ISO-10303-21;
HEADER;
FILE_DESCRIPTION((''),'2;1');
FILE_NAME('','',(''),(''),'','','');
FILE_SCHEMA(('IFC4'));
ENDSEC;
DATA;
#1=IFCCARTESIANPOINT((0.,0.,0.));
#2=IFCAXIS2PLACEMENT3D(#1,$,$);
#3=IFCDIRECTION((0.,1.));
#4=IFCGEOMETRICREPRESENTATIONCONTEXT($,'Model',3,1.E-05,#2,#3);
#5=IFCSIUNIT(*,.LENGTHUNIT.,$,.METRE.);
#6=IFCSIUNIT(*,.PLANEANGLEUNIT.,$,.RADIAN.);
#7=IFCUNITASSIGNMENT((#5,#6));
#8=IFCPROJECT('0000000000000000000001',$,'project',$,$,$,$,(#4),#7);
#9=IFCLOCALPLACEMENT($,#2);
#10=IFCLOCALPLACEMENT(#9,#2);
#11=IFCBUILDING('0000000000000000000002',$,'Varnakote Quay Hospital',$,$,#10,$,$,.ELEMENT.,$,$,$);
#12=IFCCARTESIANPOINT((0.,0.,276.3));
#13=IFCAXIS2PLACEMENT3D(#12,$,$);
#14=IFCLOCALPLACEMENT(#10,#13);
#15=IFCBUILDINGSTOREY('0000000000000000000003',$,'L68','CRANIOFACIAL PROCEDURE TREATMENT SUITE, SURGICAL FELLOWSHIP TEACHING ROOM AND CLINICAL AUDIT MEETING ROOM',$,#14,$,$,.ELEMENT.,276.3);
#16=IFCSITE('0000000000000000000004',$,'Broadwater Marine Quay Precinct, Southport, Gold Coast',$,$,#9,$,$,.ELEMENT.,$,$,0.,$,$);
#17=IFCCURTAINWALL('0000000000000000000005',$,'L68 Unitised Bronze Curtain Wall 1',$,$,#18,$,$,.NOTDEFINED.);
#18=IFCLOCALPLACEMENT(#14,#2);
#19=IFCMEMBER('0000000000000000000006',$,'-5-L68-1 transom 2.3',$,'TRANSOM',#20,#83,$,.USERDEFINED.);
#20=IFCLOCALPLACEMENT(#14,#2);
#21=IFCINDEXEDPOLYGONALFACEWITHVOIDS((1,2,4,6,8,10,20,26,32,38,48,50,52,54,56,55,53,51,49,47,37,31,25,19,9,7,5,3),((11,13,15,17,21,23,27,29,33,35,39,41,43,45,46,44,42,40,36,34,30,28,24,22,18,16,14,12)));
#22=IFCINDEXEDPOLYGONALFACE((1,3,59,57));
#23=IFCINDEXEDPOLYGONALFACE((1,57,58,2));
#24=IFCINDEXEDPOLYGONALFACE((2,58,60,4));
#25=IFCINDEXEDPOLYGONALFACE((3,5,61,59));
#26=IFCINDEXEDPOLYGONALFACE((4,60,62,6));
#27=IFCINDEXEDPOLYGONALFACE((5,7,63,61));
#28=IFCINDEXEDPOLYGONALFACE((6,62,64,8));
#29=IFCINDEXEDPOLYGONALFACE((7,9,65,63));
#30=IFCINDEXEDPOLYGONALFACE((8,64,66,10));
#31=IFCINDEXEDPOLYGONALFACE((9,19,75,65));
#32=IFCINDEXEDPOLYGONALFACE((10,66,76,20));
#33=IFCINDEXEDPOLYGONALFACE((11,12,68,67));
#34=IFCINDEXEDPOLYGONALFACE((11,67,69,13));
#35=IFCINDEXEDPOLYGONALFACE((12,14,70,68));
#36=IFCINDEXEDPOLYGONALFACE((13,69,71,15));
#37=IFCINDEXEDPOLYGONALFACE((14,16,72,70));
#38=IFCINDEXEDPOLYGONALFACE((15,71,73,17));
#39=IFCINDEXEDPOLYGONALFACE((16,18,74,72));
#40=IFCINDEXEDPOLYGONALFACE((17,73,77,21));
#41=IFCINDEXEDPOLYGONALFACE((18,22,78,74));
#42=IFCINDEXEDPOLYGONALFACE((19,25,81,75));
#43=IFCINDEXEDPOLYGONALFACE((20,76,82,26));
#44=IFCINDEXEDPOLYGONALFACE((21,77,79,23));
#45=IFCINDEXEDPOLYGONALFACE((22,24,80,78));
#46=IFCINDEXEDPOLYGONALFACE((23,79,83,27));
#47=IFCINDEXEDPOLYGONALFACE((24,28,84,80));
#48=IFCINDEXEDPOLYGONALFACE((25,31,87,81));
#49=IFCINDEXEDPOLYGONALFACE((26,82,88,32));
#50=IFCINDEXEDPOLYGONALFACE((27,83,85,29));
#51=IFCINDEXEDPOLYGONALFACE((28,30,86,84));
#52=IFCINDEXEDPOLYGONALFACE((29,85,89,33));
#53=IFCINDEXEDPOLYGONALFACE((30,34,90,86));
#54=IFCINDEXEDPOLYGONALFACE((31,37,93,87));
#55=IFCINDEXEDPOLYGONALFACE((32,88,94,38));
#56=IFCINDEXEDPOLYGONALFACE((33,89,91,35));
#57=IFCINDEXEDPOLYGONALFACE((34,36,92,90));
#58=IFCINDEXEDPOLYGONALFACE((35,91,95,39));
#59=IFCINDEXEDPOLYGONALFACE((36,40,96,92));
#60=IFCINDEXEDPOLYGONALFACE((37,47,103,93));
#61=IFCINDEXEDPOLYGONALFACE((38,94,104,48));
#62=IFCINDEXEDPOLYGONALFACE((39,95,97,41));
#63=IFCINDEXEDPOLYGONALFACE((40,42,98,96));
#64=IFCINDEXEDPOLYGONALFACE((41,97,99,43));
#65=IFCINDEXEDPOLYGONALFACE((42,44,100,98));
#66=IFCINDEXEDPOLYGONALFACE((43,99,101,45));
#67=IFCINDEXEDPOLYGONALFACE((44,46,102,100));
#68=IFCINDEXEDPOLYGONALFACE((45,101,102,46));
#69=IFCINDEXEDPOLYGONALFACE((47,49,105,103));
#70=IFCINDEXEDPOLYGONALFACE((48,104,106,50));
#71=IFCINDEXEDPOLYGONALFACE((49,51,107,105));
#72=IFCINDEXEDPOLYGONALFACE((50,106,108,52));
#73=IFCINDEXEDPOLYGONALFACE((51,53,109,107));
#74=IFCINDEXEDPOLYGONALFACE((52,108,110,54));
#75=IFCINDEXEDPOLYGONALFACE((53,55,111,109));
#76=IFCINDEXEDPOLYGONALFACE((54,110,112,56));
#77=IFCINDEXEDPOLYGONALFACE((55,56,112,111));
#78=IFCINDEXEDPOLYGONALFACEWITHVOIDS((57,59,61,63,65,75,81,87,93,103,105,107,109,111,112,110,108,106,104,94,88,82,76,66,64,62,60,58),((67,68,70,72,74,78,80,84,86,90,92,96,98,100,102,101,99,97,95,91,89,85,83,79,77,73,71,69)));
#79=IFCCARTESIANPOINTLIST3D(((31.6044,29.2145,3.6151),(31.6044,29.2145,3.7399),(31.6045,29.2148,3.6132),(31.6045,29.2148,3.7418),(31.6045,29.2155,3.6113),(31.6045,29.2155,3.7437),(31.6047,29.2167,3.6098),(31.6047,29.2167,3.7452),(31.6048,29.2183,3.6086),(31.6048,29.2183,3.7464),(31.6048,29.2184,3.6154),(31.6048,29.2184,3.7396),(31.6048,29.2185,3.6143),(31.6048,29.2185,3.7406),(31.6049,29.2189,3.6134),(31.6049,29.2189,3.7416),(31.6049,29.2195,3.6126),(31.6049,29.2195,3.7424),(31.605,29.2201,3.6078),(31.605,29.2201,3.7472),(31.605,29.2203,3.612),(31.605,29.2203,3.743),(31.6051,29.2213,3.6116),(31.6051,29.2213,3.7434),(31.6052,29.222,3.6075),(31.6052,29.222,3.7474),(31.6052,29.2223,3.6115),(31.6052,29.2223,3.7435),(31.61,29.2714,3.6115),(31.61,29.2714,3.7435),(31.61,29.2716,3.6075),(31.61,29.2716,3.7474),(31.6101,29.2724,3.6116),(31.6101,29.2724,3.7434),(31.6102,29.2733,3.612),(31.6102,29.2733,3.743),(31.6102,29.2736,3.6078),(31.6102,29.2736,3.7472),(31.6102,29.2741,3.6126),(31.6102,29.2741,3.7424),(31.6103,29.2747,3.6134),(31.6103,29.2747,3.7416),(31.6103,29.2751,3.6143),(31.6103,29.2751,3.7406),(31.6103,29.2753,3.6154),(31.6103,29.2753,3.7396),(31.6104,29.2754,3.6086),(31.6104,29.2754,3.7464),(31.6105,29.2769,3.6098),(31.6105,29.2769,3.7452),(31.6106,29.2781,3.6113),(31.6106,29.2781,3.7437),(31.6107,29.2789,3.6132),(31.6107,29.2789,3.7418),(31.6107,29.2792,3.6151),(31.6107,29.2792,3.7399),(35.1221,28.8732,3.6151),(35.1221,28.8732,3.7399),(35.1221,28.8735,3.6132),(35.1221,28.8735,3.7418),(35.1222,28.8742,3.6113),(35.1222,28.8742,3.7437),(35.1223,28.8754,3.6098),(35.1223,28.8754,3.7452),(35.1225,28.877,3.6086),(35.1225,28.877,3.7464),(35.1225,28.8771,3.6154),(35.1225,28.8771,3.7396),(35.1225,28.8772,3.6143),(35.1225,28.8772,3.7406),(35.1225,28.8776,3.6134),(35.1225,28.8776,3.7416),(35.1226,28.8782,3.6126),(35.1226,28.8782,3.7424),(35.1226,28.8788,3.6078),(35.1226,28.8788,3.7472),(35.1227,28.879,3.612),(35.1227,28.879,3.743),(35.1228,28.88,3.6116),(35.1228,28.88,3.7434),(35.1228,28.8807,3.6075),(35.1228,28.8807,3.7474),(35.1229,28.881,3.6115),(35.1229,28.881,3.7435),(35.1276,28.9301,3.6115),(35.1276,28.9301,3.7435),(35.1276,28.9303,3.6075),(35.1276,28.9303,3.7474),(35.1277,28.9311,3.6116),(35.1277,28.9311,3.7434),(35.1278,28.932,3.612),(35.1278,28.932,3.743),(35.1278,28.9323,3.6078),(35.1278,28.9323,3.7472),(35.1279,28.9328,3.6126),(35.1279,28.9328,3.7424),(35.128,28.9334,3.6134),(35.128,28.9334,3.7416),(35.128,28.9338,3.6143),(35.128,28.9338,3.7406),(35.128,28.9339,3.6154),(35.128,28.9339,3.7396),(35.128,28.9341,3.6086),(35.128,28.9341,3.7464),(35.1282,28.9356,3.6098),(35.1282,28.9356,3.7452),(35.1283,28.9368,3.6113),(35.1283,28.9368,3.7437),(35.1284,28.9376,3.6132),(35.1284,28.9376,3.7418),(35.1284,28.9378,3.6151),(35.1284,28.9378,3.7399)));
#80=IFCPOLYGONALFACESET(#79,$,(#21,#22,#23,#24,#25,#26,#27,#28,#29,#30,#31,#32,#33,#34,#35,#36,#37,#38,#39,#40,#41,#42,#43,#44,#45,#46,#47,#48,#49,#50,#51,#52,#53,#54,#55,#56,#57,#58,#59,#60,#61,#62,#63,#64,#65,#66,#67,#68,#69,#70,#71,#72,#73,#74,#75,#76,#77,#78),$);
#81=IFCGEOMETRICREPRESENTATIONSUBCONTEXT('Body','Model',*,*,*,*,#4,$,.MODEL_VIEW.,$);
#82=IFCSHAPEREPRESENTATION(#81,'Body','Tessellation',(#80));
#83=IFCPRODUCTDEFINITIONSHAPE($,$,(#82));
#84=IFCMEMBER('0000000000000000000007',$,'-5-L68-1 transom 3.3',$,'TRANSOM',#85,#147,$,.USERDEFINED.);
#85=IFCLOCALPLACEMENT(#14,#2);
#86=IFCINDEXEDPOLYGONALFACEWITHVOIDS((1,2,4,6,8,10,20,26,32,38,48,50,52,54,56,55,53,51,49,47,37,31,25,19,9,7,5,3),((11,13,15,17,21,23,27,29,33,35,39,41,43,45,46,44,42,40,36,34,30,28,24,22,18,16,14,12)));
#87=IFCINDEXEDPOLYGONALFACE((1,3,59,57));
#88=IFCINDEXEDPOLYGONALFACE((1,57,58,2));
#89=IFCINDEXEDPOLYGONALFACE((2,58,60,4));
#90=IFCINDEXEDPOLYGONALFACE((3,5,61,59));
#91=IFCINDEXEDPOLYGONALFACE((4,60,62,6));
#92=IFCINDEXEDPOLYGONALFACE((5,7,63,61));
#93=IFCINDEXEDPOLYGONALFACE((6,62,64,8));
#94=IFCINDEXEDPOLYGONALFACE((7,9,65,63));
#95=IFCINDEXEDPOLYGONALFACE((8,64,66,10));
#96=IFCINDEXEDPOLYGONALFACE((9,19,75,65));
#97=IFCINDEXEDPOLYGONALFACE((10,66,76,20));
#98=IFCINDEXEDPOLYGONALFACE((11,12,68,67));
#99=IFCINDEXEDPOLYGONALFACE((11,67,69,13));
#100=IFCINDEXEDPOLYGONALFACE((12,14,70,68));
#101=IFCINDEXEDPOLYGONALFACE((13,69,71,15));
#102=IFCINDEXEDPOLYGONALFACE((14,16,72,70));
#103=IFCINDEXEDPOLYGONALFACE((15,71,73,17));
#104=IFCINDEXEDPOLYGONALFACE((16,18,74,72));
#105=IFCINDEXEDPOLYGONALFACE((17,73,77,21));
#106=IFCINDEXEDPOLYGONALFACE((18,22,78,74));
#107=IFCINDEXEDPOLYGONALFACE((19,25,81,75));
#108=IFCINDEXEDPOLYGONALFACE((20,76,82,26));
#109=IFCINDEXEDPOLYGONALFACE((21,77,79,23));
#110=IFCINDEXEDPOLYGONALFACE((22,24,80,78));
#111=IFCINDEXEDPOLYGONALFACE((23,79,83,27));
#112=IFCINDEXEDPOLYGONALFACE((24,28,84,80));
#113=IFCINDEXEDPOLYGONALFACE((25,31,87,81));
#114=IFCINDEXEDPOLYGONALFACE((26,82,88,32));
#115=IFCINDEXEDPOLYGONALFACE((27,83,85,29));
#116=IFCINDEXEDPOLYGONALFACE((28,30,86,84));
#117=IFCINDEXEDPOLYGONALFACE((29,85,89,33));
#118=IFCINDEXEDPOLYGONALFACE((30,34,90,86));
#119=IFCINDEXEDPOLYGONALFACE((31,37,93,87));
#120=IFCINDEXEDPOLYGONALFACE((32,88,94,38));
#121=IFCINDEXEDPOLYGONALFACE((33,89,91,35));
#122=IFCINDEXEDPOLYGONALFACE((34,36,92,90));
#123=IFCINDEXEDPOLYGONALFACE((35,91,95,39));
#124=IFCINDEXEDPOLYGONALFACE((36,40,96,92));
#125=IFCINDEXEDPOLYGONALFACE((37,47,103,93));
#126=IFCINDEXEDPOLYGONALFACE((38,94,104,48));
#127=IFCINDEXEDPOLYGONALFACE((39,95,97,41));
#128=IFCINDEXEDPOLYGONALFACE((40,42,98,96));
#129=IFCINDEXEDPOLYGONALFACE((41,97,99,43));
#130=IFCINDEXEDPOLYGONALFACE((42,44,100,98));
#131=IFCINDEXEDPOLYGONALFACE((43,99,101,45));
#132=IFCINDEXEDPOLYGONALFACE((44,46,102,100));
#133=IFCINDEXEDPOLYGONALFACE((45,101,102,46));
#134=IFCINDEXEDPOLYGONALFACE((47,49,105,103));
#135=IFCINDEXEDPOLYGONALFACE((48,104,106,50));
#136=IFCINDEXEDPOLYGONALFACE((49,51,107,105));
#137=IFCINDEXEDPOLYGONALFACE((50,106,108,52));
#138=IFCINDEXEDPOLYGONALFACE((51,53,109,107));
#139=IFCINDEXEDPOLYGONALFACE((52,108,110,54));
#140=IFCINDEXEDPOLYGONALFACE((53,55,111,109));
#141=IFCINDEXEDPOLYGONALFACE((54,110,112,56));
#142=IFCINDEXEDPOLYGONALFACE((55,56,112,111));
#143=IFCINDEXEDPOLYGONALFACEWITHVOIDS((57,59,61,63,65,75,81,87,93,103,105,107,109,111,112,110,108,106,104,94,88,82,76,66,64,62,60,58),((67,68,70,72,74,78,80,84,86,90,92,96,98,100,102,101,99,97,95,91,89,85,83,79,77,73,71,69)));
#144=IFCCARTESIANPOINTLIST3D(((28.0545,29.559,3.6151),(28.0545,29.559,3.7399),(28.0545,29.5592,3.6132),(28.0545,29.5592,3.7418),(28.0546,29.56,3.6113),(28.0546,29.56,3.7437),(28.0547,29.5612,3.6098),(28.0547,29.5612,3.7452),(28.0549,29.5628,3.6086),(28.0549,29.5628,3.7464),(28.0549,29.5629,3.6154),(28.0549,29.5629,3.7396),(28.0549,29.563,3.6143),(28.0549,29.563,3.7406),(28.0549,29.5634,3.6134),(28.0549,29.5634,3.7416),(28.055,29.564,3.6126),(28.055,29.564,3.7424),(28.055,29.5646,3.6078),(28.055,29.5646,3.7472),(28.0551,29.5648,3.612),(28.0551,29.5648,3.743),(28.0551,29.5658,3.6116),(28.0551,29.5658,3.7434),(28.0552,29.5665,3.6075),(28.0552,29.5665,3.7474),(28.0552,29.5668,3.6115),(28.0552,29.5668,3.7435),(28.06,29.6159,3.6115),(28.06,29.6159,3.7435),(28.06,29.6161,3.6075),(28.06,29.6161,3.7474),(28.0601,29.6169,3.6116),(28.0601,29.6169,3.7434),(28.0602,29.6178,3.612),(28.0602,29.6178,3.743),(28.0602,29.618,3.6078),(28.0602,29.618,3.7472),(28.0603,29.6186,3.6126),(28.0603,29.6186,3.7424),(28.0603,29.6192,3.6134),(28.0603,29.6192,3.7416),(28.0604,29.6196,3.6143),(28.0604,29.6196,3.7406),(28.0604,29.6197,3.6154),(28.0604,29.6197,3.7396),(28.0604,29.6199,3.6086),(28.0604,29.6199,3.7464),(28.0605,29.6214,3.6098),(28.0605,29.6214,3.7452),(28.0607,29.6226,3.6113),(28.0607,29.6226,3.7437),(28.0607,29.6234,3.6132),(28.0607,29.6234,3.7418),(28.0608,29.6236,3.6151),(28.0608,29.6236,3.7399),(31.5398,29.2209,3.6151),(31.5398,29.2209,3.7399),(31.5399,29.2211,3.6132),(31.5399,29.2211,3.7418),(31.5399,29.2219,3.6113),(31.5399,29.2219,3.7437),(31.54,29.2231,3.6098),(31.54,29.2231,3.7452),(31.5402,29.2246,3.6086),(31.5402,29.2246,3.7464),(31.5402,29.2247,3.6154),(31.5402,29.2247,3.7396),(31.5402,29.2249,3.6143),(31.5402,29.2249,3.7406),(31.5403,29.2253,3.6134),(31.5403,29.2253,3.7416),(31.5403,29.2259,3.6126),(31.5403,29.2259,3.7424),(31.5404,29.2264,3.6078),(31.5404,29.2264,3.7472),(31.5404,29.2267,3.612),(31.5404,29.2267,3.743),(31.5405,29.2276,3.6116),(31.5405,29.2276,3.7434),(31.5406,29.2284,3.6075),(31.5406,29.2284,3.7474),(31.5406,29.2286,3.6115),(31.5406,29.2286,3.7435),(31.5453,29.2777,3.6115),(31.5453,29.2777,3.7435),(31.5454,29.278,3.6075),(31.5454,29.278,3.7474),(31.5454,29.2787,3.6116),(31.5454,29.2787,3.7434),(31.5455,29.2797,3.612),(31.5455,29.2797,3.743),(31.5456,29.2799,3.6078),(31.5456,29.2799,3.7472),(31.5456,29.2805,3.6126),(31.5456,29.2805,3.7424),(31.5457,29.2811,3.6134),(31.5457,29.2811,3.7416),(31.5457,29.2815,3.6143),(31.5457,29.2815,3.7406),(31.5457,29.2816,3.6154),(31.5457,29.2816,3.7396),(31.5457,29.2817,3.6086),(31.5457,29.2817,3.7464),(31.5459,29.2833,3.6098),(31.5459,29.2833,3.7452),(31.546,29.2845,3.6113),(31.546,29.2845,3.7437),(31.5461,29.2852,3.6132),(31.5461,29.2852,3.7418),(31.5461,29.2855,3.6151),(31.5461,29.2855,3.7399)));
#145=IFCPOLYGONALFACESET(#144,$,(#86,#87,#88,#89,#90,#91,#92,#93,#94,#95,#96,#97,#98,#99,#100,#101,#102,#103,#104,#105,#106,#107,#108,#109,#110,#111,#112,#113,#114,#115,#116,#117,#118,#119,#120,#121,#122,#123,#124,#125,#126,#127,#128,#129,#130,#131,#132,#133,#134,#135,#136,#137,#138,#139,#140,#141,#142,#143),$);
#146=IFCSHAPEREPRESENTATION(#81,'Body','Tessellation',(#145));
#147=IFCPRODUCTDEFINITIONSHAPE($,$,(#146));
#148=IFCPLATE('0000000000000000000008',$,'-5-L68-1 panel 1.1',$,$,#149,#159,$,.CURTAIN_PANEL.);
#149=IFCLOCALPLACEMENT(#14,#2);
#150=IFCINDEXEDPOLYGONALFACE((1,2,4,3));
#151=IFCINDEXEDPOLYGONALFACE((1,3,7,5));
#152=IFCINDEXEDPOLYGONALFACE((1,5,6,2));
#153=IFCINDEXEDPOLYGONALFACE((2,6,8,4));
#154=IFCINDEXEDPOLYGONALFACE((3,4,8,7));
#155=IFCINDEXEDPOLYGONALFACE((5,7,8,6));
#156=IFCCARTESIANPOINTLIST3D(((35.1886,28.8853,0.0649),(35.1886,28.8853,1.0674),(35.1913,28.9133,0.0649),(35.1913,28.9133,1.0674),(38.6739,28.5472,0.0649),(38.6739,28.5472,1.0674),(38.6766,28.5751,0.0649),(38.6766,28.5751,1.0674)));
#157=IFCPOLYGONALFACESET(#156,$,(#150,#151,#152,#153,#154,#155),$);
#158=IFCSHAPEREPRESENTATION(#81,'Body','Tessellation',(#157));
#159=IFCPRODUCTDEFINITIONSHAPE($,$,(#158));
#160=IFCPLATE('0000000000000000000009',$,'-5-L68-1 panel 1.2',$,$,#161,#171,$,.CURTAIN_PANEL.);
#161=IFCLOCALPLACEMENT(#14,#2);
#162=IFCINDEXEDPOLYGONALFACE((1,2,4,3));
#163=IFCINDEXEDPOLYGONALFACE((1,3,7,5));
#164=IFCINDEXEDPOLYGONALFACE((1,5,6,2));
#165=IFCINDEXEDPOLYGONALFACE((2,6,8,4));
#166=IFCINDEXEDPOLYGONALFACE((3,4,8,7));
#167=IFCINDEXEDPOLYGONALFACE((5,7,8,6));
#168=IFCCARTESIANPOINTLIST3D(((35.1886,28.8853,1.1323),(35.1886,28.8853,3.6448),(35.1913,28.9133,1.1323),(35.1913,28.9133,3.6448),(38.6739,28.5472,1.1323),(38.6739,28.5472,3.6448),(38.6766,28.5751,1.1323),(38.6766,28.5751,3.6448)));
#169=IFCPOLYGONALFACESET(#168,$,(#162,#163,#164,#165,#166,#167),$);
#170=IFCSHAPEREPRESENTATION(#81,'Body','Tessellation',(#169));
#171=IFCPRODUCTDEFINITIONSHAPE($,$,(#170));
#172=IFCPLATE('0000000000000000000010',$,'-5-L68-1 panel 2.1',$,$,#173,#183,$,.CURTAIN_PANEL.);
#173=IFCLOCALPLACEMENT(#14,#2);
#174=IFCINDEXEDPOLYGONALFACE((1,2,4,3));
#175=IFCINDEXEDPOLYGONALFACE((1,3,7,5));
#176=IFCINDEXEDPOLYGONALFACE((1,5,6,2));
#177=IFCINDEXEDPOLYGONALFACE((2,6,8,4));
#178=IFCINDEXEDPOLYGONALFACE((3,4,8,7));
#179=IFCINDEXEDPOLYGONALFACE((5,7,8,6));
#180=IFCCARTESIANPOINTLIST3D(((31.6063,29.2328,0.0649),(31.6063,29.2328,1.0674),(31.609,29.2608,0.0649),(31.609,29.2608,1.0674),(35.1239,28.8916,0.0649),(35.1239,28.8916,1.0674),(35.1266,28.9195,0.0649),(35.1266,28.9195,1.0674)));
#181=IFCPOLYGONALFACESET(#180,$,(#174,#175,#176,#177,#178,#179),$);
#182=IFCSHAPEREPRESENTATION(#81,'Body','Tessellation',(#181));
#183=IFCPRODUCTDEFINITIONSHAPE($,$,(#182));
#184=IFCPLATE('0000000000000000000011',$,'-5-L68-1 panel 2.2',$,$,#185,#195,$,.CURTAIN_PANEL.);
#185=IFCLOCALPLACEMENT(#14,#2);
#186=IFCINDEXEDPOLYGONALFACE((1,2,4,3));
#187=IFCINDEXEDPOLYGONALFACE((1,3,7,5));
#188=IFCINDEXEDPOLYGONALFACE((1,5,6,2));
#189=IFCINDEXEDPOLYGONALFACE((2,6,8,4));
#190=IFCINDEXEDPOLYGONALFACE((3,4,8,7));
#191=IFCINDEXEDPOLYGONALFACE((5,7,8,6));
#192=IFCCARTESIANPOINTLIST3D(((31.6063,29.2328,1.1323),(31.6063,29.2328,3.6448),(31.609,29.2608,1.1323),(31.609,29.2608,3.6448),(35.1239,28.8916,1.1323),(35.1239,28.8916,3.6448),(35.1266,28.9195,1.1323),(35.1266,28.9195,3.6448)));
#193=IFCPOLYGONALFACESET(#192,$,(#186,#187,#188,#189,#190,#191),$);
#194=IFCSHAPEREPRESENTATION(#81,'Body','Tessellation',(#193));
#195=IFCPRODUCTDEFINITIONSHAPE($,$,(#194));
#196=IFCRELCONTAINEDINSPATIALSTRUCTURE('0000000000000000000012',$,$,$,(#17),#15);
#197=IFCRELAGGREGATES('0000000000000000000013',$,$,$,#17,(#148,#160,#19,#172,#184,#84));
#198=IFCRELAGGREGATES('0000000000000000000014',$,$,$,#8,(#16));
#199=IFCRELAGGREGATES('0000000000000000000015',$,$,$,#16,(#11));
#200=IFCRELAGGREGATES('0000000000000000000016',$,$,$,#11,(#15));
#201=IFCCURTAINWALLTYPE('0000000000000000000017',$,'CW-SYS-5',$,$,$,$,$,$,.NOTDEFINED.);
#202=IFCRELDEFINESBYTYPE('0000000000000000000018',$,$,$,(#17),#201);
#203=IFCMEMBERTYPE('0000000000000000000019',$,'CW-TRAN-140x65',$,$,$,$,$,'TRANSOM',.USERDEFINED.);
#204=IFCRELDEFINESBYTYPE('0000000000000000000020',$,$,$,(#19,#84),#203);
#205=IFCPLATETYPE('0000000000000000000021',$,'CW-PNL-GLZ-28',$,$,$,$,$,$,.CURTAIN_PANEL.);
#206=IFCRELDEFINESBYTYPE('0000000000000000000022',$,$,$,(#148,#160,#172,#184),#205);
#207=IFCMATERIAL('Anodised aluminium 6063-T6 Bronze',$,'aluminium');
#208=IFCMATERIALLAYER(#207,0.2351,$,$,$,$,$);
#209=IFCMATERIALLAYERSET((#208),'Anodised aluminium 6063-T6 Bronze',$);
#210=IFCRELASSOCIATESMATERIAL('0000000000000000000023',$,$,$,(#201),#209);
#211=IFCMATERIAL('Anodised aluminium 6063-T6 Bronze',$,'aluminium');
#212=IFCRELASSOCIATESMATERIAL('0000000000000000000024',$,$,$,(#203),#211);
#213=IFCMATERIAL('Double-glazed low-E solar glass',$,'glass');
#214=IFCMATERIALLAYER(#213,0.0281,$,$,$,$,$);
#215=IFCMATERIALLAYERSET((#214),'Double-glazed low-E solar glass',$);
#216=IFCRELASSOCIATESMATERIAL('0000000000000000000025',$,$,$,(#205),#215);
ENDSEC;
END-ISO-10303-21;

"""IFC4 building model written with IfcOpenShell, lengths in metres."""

from ifc_helpers import new_model, si_unit, direction, frame, origin, origin_2d, place, context, subcontext, project, spatial, rectangle, hollow_rectangle, extrude, material, layer, layer_set, material_profile, profile_set, type_object, element, aggregate, save


model = new_model("IFC4")

# Units and contexts
model_context = context("Model", 3, precision=1e-05, world=origin(), true_north=direction((0.0, 1.0)))
body_context = subcontext(model_context, "Body", "Model", "MODEL_VIEW")
ifc_project = project(units=[si_unit("LENGTHUNIT", "METRE"), si_unit("PLANEANGLEUNIT", "RADIAN")], contexts=[model_context])

# Site, building, storey
site_placement = place(None, origin())
site = spatial("IfcSite", under=ifc_project, at=site_placement, Name="Broadwater Marine Quay Precinct, Southport, Gold Coast", CompositionType="ELEMENT", RefElevation=0.0)
building_placement = place(site_placement, origin())
building = spatial("IfcBuilding", under=site, at=building_placement, Name="Varnakote Quay Hospital", CompositionType="ELEMENT")
storey_placement = place(building_placement, frame((0.0, 0.0, 276.3)))
storey = spatial("IfcBuildingStorey", under=building, at=storey_placement, Name="L68", Description="CRANIOFACIAL PROCEDURE TREATMENT SUITE, SURGICAL FELLOWSHIP TEACHING ROOM AND CLINICAL AUDIT MEETING ROOM", CompositionType="ELEMENT", Elevation=276.3)

# Curtain wall, members, plates
ifc_material_1 = material(Name="Anodised aluminium 6063-T6 Bronze", Category="aluminium")
ifc_layer_1 = layer(ifc_material_1, 0.2351)
ifc_layer_set_1 = layer_set([ifc_layer_1], Name="Anodised aluminium 6063-T6 Bronze")
curtain_wall_type = type_object("IfcCurtainWallType", Name="CW-SYS-5", PredefinedType="NOTDEFINED", material=ifc_layer_set_1)
curtain_wall_placement = place(storey_placement, origin())
curtain_wall = element("IfcCurtainWall", 1, at=curtain_wall_placement, inside=storey, type_object=curtain_wall_type, Name="L68 Unitised Bronze Curtain Wall 1", PredefinedType="NOTDEFINED")
ifc_material_2 = material(Name="Anodised aluminium 6063-T6 Bronze", Category="aluminium")
ifc_material_profile_1 = material_profile(ifc_material_2, hollow_rectangle(XDim=0.0649, YDim=0.1399, WallThickness=0.0039, InnerFilletRadius=0.0039, OuterFilletRadius=0.0076, at=origin_2d()), Name="CW-TRAN-140x65")
ifc_profile_set_1 = profile_set([ifc_material_profile_1], Name="Anodised aluminium 6063-T6 Bronze")
member_type_1 = type_object("IfcMemberType", Name="CW-TRAN-140x65", ElementType="TRANSOM", PredefinedType="USERDEFINED", material=ifc_profile_set_1)
member_1_placement = place(storey_placement, frame((35.1252, 28.9055, 3.6775), z_axis=(-0.995326, 0.096576, 0.0), x_axis=(-0.096576, -0.995326, 0.0)))
member_1 = element("IfcMember", 2, at=member_1_placement, type_object=member_type_1, Name="-5-L68-1 transom 2.3", ObjectType="TRANSOM", PredefinedType="USERDEFINED", context=body_context, shape_type="SweptSolid", body=[
    extrude(hollow_rectangle(XDim=0.0649, YDim=0.1399, WallThickness=0.0039, InnerFilletRadius=0.0039, OuterFilletRadius=0.0076, at=origin_2d()), origin(), (0.0, 0.0, 1.0), 3.5342),
])
member_2_placement = place(storey_placement, frame((31.543, 29.2532, 3.6775), z_axis=(-0.995327, 0.096563, 0.0), x_axis=(-0.096563, -0.995327, 0.0)))
member_2 = element("IfcMember", 3, at=member_2_placement, type_object=member_type_1, Name="-5-L68-1 transom 3.3", ObjectType="TRANSOM", PredefinedType="USERDEFINED", context=body_context, shape_type="SweptSolid", body=[
    extrude(hollow_rectangle(XDim=0.0649, YDim=0.1399, WallThickness=0.0039, InnerFilletRadius=0.0039, OuterFilletRadius=0.0076, at=origin_2d()), origin(), (0.0, 0.0, 1.0), 3.5017),
])
ifc_material_3 = material(Name="Double-glazed low-E solar glass", Category="glass")
ifc_layer_2 = layer(ifc_material_3, 0.0281)
ifc_layer_set_2 = layer_set([ifc_layer_2], Name="Double-glazed low-E solar glass")
plate_type = type_object("IfcPlateType", Name="CW-PNL-GLZ-28", PredefinedType="CURTAIN_PANEL", material=ifc_layer_set_2)
plate_1_placement = place(storey_placement, frame((36.9326, 28.7302, 0.0649), z_axis=(0.0, 0.0, 1.0), x_axis=(-0.995326, 0.096569, 0.0)))
plate_1 = element("IfcPlate", 4, at=plate_1_placement, type_object=plate_type, Name="-5-L68-1 panel 1.1", PredefinedType="CURTAIN_PANEL", context=body_context, shape_type="SweptSolid", body=[
    extrude(rectangle(XDim=3.5017, YDim=0.0281, at=origin_2d()), origin(), (0.0, 0.0, 1.0), 1.0024),
])
plate_2_placement = place(storey_placement, frame((36.9326, 28.7302, 1.1323), z_axis=(0.0, 0.0, 1.0), x_axis=(-0.995326, 0.096569, 0.0)))
plate_2 = element("IfcPlate", 5, at=plate_2_placement, type_object=plate_type, Name="-5-L68-1 panel 1.2", PredefinedType="CURTAIN_PANEL", context=body_context, shape_type="SweptSolid", body=[
    extrude(rectangle(XDim=3.5017, YDim=0.0281, at=origin_2d()), origin(), (0.0, 0.0, 1.0), 2.5125),
])
plate_3_placement = place(storey_placement, frame((33.3665, 29.0762, 0.0649), z_axis=(0.0, 0.0, 1.0), x_axis=(-0.995326, 0.096569, 0.0)))
plate_3 = element("IfcPlate", 6, at=plate_3_placement, type_object=plate_type, Name="-5-L68-1 panel 2.1", PredefinedType="CURTAIN_PANEL", context=body_context, shape_type="SweptSolid", body=[
    extrude(rectangle(XDim=3.5342, YDim=0.0281, at=origin_2d()), origin(), (0.0, 0.0, 1.0), 1.0024),
])
plate_4_placement = place(storey_placement, frame((33.3665, 29.0762, 1.1323), z_axis=(0.0, 0.0, 1.0), x_axis=(-0.995326, 0.096569, 0.0)))
plate_4 = element("IfcPlate", 7, at=plate_4_placement, type_object=plate_type, Name="-5-L68-1 panel 2.2", PredefinedType="CURTAIN_PANEL", context=body_context, shape_type="SweptSolid", body=[
    extrude(rectangle(XDim=3.5342, YDim=0.0281, at=origin_2d()), origin(), (0.0, 0.0, 1.0), 2.5125),
])
aggregate(curtain_wall, [plate_1, plate_2, member_1, plate_3, plate_4, member_2])

save(model, "model.ifc")
